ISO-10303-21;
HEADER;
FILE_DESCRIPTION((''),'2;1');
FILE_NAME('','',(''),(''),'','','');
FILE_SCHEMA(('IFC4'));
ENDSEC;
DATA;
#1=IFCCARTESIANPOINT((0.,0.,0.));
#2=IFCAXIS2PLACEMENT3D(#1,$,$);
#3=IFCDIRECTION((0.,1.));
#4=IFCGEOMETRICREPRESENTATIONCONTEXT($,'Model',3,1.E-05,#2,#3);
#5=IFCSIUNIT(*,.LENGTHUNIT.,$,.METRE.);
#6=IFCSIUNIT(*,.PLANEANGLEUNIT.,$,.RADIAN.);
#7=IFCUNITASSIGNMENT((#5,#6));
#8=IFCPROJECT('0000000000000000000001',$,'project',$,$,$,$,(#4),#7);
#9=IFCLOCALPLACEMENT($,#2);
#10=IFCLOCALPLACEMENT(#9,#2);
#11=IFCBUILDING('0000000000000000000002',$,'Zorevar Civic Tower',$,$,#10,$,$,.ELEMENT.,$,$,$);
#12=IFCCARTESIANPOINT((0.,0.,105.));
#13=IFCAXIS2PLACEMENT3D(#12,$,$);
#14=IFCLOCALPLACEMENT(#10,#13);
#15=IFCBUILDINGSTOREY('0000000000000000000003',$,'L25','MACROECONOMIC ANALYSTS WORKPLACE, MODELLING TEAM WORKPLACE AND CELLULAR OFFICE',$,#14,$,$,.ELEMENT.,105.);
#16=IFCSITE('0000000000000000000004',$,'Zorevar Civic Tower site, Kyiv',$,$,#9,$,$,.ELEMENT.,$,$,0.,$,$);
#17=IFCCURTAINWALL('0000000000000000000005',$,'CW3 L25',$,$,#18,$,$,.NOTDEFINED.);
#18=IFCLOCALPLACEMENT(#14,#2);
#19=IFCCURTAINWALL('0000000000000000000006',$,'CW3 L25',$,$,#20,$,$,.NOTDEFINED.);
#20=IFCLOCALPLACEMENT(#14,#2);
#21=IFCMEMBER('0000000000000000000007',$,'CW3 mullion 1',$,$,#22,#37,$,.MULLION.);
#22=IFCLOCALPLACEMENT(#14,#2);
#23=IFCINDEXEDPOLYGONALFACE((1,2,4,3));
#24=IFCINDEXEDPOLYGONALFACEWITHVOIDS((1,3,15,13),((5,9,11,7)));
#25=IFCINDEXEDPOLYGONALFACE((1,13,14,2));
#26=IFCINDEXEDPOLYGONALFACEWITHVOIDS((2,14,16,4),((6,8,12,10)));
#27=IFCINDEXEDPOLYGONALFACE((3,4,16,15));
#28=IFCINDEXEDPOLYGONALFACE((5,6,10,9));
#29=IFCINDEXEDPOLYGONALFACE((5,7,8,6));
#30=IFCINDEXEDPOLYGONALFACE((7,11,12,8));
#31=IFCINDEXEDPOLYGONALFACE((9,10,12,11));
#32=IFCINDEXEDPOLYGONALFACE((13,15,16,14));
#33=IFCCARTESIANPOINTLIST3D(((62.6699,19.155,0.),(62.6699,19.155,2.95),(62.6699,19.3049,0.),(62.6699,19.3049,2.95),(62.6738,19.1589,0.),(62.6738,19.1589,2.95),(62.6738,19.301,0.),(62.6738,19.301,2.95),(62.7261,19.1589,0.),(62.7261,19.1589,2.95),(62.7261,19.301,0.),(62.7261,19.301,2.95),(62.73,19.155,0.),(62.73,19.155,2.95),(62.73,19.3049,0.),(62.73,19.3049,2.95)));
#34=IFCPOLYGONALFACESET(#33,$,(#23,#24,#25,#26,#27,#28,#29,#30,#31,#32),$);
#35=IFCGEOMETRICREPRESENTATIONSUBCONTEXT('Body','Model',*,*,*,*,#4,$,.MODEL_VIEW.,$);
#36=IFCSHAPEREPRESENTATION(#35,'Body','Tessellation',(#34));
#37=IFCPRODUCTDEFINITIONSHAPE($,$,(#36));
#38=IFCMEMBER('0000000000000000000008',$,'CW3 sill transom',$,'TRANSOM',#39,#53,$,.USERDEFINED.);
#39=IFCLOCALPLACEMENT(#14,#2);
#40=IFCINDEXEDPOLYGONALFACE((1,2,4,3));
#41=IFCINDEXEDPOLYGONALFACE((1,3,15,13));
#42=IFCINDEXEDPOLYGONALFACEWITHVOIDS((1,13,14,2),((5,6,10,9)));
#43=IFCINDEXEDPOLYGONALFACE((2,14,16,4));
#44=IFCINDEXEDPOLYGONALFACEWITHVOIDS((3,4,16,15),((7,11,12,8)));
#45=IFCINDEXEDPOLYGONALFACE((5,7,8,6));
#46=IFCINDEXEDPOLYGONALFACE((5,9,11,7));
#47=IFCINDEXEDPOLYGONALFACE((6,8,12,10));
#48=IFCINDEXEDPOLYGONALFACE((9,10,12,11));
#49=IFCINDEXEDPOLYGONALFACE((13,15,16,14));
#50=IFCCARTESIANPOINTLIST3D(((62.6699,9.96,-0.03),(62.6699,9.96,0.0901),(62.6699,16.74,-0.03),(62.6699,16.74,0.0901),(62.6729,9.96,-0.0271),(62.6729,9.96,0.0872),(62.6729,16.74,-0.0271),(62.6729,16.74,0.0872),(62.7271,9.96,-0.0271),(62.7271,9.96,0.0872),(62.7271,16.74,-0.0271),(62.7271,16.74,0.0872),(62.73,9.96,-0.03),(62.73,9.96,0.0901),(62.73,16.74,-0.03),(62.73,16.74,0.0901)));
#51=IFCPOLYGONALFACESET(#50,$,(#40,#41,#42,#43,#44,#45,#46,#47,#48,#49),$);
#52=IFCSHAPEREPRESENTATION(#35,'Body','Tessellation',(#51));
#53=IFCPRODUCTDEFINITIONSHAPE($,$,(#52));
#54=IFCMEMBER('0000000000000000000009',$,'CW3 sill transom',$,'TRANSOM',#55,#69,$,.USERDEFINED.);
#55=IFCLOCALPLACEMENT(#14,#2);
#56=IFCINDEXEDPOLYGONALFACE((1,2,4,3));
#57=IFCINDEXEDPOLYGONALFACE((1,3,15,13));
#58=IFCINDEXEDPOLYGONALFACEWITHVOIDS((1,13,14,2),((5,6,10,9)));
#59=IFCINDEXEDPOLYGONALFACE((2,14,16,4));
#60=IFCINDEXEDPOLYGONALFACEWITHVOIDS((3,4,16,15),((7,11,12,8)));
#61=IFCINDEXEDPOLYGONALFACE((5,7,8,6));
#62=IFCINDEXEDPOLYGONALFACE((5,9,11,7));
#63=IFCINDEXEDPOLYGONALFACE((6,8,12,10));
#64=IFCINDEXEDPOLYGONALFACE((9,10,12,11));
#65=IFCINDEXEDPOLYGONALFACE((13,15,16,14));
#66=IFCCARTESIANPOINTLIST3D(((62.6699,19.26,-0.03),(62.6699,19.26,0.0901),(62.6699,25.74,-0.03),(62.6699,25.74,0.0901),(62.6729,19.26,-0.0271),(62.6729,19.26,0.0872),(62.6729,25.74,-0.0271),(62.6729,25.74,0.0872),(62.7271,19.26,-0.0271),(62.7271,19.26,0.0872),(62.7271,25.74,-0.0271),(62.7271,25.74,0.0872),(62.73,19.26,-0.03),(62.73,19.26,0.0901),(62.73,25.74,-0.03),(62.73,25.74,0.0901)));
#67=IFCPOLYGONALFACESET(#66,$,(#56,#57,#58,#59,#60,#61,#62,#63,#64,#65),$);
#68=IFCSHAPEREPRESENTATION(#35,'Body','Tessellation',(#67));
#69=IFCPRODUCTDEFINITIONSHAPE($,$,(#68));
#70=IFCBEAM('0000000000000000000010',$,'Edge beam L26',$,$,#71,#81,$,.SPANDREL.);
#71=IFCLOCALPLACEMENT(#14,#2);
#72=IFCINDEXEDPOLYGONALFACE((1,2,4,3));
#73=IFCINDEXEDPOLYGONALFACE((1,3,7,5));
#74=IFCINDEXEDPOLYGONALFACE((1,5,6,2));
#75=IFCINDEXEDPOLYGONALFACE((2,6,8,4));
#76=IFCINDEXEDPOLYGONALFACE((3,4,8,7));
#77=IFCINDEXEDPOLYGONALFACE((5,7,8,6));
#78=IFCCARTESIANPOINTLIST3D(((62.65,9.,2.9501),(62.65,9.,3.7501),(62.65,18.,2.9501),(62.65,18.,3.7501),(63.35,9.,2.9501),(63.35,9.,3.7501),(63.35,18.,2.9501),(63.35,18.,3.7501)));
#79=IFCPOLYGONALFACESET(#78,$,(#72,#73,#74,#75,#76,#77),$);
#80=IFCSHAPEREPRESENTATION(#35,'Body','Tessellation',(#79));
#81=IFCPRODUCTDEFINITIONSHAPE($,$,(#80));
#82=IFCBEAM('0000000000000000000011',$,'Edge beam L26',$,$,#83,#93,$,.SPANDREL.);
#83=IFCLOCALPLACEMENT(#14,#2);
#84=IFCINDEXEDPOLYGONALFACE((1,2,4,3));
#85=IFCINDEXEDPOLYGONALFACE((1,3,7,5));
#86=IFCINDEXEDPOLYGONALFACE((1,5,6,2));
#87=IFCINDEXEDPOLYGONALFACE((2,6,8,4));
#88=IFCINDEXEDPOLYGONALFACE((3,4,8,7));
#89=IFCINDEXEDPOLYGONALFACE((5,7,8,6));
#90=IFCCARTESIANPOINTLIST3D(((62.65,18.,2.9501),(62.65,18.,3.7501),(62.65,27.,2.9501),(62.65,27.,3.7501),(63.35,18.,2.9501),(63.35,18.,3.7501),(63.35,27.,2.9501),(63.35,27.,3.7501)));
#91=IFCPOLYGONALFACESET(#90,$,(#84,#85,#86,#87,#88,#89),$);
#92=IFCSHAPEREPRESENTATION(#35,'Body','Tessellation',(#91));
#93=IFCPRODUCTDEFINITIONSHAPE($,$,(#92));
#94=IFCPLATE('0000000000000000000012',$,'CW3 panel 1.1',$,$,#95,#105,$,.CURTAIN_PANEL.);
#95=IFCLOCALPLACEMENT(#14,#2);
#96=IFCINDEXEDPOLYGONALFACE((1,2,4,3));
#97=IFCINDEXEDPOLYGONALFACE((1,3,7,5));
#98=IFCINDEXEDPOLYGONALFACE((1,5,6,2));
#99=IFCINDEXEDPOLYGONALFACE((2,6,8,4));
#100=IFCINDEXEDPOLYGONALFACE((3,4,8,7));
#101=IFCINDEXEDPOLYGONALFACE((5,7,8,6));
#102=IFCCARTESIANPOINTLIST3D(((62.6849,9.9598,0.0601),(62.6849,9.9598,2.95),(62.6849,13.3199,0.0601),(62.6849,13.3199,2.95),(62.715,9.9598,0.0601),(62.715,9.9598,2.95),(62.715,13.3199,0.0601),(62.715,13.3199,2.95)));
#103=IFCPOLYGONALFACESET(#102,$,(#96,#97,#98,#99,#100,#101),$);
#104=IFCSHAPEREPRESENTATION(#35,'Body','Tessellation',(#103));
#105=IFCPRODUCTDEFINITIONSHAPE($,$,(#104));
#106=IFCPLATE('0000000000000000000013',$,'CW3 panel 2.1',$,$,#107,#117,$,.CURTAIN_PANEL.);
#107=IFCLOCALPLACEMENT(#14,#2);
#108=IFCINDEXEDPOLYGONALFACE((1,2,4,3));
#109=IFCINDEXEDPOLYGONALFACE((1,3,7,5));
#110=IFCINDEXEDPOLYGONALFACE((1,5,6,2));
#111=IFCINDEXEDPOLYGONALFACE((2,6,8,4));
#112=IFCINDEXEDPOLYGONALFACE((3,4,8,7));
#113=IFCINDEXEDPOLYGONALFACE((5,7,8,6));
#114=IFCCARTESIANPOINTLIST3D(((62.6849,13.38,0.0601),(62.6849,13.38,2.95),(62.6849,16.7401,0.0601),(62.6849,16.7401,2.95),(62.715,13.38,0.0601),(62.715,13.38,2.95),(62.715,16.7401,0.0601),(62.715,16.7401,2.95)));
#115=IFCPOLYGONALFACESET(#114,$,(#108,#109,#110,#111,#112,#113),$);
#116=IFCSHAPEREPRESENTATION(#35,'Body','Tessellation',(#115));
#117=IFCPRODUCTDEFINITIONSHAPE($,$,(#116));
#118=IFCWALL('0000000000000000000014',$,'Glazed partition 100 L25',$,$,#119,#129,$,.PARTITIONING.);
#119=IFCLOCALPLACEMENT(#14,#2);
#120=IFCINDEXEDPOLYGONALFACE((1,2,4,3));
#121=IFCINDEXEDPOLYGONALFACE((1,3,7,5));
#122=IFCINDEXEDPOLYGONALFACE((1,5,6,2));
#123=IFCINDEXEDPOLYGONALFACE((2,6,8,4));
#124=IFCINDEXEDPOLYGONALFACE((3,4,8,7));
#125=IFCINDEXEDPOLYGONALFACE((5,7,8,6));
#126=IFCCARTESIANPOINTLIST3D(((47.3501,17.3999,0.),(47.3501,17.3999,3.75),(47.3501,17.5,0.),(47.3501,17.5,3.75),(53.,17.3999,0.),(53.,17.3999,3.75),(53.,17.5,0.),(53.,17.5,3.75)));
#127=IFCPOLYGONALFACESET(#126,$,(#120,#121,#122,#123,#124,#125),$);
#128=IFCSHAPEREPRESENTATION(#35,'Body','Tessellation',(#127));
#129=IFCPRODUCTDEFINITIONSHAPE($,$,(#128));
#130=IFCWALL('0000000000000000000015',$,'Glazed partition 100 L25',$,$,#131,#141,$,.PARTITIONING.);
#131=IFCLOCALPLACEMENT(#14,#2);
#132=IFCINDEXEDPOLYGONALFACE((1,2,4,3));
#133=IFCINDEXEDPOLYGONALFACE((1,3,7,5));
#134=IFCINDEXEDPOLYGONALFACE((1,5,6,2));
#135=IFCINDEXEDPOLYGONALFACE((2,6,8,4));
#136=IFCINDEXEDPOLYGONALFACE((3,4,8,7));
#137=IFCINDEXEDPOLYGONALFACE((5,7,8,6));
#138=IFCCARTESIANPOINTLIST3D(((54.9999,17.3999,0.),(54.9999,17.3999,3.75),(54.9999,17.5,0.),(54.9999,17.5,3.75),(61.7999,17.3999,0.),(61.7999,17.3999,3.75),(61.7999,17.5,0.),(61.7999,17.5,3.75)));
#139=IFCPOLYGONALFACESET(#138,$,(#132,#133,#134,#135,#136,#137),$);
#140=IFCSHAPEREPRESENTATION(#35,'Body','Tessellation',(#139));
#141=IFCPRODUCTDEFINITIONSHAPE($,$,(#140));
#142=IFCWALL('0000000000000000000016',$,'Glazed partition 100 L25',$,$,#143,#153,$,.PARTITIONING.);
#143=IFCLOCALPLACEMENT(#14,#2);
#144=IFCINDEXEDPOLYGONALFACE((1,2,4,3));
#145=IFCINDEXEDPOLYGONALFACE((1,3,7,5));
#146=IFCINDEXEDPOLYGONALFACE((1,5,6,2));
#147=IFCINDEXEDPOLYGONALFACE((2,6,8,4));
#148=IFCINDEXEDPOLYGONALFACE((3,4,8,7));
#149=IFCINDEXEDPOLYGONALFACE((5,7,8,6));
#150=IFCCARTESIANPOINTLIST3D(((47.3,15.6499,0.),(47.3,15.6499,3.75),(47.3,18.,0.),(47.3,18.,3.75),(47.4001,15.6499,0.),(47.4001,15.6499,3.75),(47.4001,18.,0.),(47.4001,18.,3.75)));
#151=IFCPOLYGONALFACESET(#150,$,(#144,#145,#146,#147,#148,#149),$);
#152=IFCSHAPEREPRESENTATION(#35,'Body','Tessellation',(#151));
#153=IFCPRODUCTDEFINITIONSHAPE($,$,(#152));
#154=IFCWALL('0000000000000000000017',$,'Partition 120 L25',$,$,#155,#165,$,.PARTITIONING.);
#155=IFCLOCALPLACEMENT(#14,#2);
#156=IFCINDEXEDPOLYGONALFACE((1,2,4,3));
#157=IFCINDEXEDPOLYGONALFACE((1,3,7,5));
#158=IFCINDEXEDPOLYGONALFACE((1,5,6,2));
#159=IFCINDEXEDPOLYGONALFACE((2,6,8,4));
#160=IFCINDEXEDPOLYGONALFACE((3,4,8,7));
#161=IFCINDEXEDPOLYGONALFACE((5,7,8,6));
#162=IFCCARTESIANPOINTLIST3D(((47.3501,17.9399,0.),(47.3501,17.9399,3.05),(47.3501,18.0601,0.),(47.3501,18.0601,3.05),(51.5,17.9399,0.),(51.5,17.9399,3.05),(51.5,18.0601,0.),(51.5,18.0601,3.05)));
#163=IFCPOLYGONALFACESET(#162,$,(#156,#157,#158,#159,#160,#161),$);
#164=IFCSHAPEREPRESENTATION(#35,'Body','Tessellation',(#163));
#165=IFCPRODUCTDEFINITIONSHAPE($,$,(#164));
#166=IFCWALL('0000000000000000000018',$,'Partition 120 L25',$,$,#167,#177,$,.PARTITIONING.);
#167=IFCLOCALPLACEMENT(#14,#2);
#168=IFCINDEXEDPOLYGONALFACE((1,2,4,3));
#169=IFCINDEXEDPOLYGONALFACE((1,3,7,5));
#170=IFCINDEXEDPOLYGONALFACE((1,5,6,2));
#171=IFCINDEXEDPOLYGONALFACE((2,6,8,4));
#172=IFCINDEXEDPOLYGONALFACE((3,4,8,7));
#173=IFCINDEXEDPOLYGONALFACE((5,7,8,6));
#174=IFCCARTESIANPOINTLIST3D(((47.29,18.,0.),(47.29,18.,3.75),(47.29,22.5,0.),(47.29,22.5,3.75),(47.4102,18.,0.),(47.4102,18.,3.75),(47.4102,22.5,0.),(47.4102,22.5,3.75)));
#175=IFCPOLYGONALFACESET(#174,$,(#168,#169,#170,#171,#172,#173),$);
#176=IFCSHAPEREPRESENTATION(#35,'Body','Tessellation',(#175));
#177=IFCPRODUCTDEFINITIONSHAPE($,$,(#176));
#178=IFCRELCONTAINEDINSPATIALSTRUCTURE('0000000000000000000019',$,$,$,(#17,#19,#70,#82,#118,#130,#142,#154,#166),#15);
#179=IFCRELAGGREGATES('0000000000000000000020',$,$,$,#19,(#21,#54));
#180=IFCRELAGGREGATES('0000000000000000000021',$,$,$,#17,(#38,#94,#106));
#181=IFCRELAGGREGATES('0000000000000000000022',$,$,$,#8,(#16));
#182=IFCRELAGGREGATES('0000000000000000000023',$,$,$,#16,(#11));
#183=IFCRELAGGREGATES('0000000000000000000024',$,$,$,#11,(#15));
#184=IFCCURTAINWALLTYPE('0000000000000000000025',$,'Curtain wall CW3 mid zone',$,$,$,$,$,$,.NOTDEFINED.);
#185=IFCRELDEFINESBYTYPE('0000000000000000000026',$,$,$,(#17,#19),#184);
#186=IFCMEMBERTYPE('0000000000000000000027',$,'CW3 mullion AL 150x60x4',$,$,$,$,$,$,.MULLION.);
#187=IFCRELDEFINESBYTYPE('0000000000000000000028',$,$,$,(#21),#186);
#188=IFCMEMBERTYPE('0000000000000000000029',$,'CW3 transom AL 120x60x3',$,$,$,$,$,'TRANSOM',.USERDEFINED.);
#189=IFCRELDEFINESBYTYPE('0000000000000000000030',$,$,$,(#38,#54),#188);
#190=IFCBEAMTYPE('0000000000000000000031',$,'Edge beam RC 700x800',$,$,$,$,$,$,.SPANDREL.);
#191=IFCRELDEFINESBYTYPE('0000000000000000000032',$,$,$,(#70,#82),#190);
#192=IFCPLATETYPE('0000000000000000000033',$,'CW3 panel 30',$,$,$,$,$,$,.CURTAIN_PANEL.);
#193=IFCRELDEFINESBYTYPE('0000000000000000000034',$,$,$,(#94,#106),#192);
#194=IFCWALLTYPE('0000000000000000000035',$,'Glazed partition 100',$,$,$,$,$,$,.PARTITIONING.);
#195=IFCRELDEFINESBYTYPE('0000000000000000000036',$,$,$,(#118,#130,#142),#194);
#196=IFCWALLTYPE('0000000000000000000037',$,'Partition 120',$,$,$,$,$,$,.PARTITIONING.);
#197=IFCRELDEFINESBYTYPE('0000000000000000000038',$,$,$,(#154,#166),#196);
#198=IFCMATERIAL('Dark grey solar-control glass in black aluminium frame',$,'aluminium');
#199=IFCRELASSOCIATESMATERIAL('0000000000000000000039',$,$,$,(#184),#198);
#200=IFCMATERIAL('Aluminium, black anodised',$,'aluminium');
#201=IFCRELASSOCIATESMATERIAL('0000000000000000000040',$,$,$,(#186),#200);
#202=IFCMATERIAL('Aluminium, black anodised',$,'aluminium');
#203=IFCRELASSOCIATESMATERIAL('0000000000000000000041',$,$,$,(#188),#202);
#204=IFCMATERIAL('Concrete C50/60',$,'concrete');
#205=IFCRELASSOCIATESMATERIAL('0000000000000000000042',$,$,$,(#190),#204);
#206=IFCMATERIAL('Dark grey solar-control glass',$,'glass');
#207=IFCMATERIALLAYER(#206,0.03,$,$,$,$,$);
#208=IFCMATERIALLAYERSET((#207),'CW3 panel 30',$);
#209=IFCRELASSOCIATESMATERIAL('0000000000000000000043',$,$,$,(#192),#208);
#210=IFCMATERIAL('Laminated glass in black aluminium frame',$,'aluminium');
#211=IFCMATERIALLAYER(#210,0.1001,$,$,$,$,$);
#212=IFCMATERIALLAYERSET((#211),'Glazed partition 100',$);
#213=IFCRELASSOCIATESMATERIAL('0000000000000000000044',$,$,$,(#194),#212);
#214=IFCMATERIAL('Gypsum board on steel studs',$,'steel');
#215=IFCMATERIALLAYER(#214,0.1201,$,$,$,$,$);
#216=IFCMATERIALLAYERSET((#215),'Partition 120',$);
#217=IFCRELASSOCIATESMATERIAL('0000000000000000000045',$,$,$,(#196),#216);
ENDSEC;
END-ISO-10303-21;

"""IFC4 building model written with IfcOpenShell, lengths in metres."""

from ifc_helpers import new_model, si_unit, direction, frame, frame_2d, origin, origin_2d, place, context, subcontext, project, spatial, rectangle, hollow_rectangle, extrude, material, layer, layer_set, material_profile, profile_set, type_object, element, aggregate, save


model = new_model("IFC4")

# Units and contexts
model_context = context("Model", 3, precision=1e-05, world=origin(), true_north=direction((0.0, 1.0)))
body_context = subcontext(model_context, "Body", "Model", "MODEL_VIEW")
ifc_project = project(units=[si_unit("LENGTHUNIT", "METRE"), si_unit("PLANEANGLEUNIT", "RADIAN")], contexts=[model_context])

# Site, building, storey
site_placement = place(None, origin())
site = spatial("IfcSite", under=ifc_project, at=site_placement, Name="Zorevar Civic Tower site, Kyiv", CompositionType="ELEMENT", RefElevation=0.0)
building_placement = place(site_placement, origin())
building = spatial("IfcBuilding", under=site, at=building_placement, Name="Zorevar Civic Tower", CompositionType="ELEMENT")
storey_placement = place(building_placement, frame((0.0, 0.0, 105.0)))
storey = spatial("IfcBuildingStorey", under=building, at=storey_placement, Name="L25", Description="MACROECONOMIC ANALYSTS WORKPLACE, MODELLING TEAM WORKPLACE AND CELLULAR OFFICE", CompositionType="ELEMENT", Elevation=105.0)

# Curtain wall
ifc_material_1 = material(Name="Dark grey solar-control glass in black aluminium frame", Category="aluminium")
curtain_wall_type = type_object("IfcCurtainWallType", Name="Curtain wall CW3 mid zone", PredefinedType="NOTDEFINED", material=ifc_material_1)
curtain_wall_1_placement = place(storey_placement, origin())
curtain_wall_1 = element("IfcCurtainWall", 1, at=curtain_wall_1_placement, inside=storey, type_object=curtain_wall_type, Name="CW3 L25", PredefinedType="NOTDEFINED")
ifc_material_2 = material(Name="Aluminium, black anodised", Category="aluminium")
ifc_material_profile_1 = material_profile(ifc_material_2, hollow_rectangle(XDim=0.0601, YDim=0.1499, WallThickness=0.0039, at=origin_2d()), Name="AL 150x60x4")
ifc_profile_set_1 = profile_set([ifc_material_profile_1], Name="Aluminium, black anodised")
member_type_1 = type_object("IfcMemberType", Name="CW3 mullion AL 150x60x4", PredefinedType="MULLION", material=ifc_profile_set_1)

# Curtain wall, member
curtain_wall_2_placement = place(storey_placement, origin())
curtain_wall_2 = element("IfcCurtainWall", 2, at=curtain_wall_2_placement, inside=storey, type_object=curtain_wall_type, Name="CW3 L25", PredefinedType="NOTDEFINED")
member_1_placement = place(storey_placement, frame((62.7, 19.23, 0.0), z_axis=(0.0, 0.0, 1.0), x_axis=(-1.0, 0.0, 0.0)))
member_1 = element("IfcMember", 3, at=member_1_placement, type_object=member_type_1, Name="CW3 mullion 1", PredefinedType="MULLION", context=body_context, shape_type="SweptSolid", body=[
    extrude(hollow_rectangle(XDim=0.0601, YDim=0.1499, WallThickness=0.0039, at=origin_2d()), origin(), (0.0, 0.0, 1.0), 2.95),
])

# Members
ifc_material_3 = material(Name="Aluminium, black anodised", Category="aluminium")
ifc_material_profile_2 = material_profile(ifc_material_3, hollow_rectangle(XDim=0.0601, YDim=0.1201, WallThickness=0.0029, at=origin_2d()), Name="AL 120x60x3")
ifc_profile_set_2 = profile_set([ifc_material_profile_2], Name="Aluminium, black anodised")
member_type_2 = type_object("IfcMemberType", Name="CW3 transom AL 120x60x3", ElementType="TRANSOM", PredefinedType="USERDEFINED", material=ifc_profile_set_2)
member_2_placement = place(storey_placement, frame((62.7, 9.96, 0.03), z_axis=(0.0, 1.0, 0.0), x_axis=(-1.0, 0.0, 0.0)))
member_2 = element("IfcMember", 4, at=member_2_placement, type_object=member_type_2, Name="CW3 sill transom", ObjectType="TRANSOM", PredefinedType="USERDEFINED", context=body_context, shape_type="SweptSolid", body=[
    extrude(hollow_rectangle(XDim=0.0601, YDim=0.1201, WallThickness=0.0029, at=origin_2d()), origin(), (0.0, 0.0, 1.0), 6.78),
])
member_3_placement = place(storey_placement, frame((62.7, 19.26, 0.03), z_axis=(0.0, 1.0, 0.0), x_axis=(-1.0, 0.0, 0.0)))
member_3 = element("IfcMember", 5, at=member_3_placement, type_object=member_type_2, Name="CW3 sill transom", ObjectType="TRANSOM", PredefinedType="USERDEFINED", context=body_context, shape_type="SweptSolid", body=[
    extrude(hollow_rectangle(XDim=0.0601, YDim=0.1201, WallThickness=0.0029, at=origin_2d()), origin(), (0.0, 0.0, 1.0), 6.48),
])
aggregate(curtain_wall_2, [member_1, member_3])

# Beams
ifc_material_4 = material(Name="Concrete C50/60", Category="concrete")
ifc_material_profile_3 = material_profile(ifc_material_4, rectangle(XDim=0.7, YDim=0.8, at=origin_2d()), Name="RC 700x800")
ifc_profile_set_3 = profile_set([ifc_material_profile_3], Name="Concrete C50/60")
beam_type_1 = type_object("IfcBeamType", Name="Edge beam RC 700x800", PredefinedType="SPANDREL", material=ifc_profile_set_3)
for number, where, z_axis, x_axis, name in (
    (6, (63.0, 9.0, 3.3501), (0.0, 1.0, 0.0), (-1.0, 0.0, 0.0), "Edge beam L26"),
    (7, (63.0, 18.0, 3.3501), (0.0, 1.0, 0.0), (-1.0, 0.0, 0.0), "Edge beam L26"),
):
    element("IfcBeam", number, at=place(storey_placement, frame(where, z_axis=z_axis, x_axis=x_axis)), inside=storey, type_object=beam_type_1, Name=name, PredefinedType="SPANDREL", context=body_context, shape_type="SweptSolid", body=[
        extrude(rectangle(XDim=0.7, YDim=0.8, at=origin_2d()), origin(), (0.0, 0.0, 1.0), 9.0),
    ])

# Plates
ifc_material_5 = material(Name="Dark grey solar-control glass", Category="glass")
ifc_layer_1 = layer(ifc_material_5, 0.03)
ifc_layer_set_1 = layer_set([ifc_layer_1], Name="CW3 panel 30")
plate_type = type_object("IfcPlateType", Name="CW3 panel 30", PredefinedType="CURTAIN_PANEL", material=ifc_layer_set_1)
plate_1_placement = place(storey_placement, frame((62.7, 11.6399, 0.0601), z_axis=(0.0, 0.0, 1.0), x_axis=(0.0, 1.0, 0.0)))
plate_1 = element("IfcPlate", 8, at=plate_1_placement, type_object=plate_type, Name="CW3 panel 1.1", PredefinedType="CURTAIN_PANEL", context=body_context, shape_type="SweptSolid", body=[
    extrude(rectangle(XDim=3.3601, YDim=0.03, at=origin_2d()), origin(), (0.0, 0.0, 1.0), 2.8899),
])
plate_2_placement = place(storey_placement, frame((62.7, 15.0601, 0.0601), z_axis=(0.0, 0.0, 1.0), x_axis=(0.0, 1.0, 0.0)))
plate_2 = element("IfcPlate", 9, at=plate_2_placement, type_object=plate_type, Name="CW3 panel 2.1", PredefinedType="CURTAIN_PANEL", context=body_context, shape_type="SweptSolid", body=[
    extrude(rectangle(XDim=3.3601, YDim=0.03, at=origin_2d()), origin(), (0.0, 0.0, 1.0), 2.8899),
])
aggregate(curtain_wall_1, [member_2, plate_1, plate_2])

# Walls
ifc_material_6 = material(Name="Laminated glass in black aluminium frame", Category="aluminium")
ifc_layer_2 = layer(ifc_material_6, 0.1001)
ifc_layer_set_2 = layer_set([ifc_layer_2], Name="Glazed partition 100")
wall_type_1 = type_object("IfcWallType", Name="Glazed partition 100", PredefinedType="PARTITIONING", material=ifc_layer_set_2)
wall_1_placement = place(storey_placement, frame((47.3501, 17.45, 0.0), z_axis=(0.0, 0.0, 1.0), x_axis=(1.0, 0.0, 0.0)))
element("IfcWall", 10, at=wall_1_placement, inside=storey, type_object=wall_type_1, Name="Glazed partition 100 L25", PredefinedType="PARTITIONING", context=body_context, shape_type="SweptSolid", body=[
    extrude(rectangle(XDim=5.6499, YDim=0.1001, at=frame_2d((2.825, 0.0))), origin(), (0.0, 0.0, 1.0), 3.75),
])
wall_2_placement = place(storey_placement, frame((55.0, 17.45, 0.0), z_axis=(0.0, 0.0, 1.0), x_axis=(1.0, 0.0, 0.0)))
element("IfcWall", 11, at=wall_2_placement, inside=storey, type_object=wall_type_1, Name="Glazed partition 100 L25", PredefinedType="PARTITIONING", context=body_context, shape_type="SweptSolid", body=[
    extrude(rectangle(XDim=6.8, YDim=0.1001, at=frame_2d((3.3999, 0.0))), origin(), (0.0, 0.0, 1.0), 3.75),
])
wall_3_placement = place(storey_placement, frame((47.3501, 15.6499, 0.0), z_axis=(0.0, 0.0, 1.0), x_axis=(0.0, 1.0, 0.0)))
element("IfcWall", 12, at=wall_3_placement, inside=storey, type_object=wall_type_1, Name="Glazed partition 100 L25", PredefinedType="PARTITIONING", context=body_context, shape_type="SweptSolid", body=[
    extrude(rectangle(XDim=2.3501, YDim=0.1001, at=frame_2d((1.175, 0.0))), origin(), (0.0, 0.0, 1.0), 3.75),
])
ifc_material_7 = material(Name="Gypsum board on steel studs", Category="steel")
ifc_layer_3 = layer(ifc_material_7, 0.1201)
ifc_layer_set_3 = layer_set([ifc_layer_3], Name="Partition 120")
wall_type_2 = type_object("IfcWallType", Name="Partition 120", PredefinedType="PARTITIONING", material=ifc_layer_set_3)
wall_4_placement = place(storey_placement, frame((47.3501, 18.0, 0.0), z_axis=(0.0, 0.0, 1.0), x_axis=(1.0, 0.0, 0.0)))
element("IfcWall", 13, at=wall_4_placement, inside=storey, type_object=wall_type_2, Name="Partition 120 L25", PredefinedType="PARTITIONING", context=body_context, shape_type="SweptSolid", body=[
    extrude(rectangle(XDim=4.1499, YDim=0.1201, at=frame_2d((2.075, 0.0))), origin(), (0.0, 0.0, 1.0), 3.05),
])
wall_5_placement = place(storey_placement, frame((47.3501, 18.0, 0.0), z_axis=(0.0, 0.0, 1.0), x_axis=(0.0, 1.0, 0.0)))
element("IfcWall", 14, at=wall_5_placement, inside=storey, type_object=wall_type_2, Name="Partition 120 L25", PredefinedType="PARTITIONING", context=body_context, shape_type="SweptSolid", body=[
    extrude(rectangle(XDim=4.5, YDim=0.1201, at=frame_2d((2.25, 0.0))), origin(), (0.0, 0.0, 1.0), 3.75),
])

save(model, "model.ifc")
